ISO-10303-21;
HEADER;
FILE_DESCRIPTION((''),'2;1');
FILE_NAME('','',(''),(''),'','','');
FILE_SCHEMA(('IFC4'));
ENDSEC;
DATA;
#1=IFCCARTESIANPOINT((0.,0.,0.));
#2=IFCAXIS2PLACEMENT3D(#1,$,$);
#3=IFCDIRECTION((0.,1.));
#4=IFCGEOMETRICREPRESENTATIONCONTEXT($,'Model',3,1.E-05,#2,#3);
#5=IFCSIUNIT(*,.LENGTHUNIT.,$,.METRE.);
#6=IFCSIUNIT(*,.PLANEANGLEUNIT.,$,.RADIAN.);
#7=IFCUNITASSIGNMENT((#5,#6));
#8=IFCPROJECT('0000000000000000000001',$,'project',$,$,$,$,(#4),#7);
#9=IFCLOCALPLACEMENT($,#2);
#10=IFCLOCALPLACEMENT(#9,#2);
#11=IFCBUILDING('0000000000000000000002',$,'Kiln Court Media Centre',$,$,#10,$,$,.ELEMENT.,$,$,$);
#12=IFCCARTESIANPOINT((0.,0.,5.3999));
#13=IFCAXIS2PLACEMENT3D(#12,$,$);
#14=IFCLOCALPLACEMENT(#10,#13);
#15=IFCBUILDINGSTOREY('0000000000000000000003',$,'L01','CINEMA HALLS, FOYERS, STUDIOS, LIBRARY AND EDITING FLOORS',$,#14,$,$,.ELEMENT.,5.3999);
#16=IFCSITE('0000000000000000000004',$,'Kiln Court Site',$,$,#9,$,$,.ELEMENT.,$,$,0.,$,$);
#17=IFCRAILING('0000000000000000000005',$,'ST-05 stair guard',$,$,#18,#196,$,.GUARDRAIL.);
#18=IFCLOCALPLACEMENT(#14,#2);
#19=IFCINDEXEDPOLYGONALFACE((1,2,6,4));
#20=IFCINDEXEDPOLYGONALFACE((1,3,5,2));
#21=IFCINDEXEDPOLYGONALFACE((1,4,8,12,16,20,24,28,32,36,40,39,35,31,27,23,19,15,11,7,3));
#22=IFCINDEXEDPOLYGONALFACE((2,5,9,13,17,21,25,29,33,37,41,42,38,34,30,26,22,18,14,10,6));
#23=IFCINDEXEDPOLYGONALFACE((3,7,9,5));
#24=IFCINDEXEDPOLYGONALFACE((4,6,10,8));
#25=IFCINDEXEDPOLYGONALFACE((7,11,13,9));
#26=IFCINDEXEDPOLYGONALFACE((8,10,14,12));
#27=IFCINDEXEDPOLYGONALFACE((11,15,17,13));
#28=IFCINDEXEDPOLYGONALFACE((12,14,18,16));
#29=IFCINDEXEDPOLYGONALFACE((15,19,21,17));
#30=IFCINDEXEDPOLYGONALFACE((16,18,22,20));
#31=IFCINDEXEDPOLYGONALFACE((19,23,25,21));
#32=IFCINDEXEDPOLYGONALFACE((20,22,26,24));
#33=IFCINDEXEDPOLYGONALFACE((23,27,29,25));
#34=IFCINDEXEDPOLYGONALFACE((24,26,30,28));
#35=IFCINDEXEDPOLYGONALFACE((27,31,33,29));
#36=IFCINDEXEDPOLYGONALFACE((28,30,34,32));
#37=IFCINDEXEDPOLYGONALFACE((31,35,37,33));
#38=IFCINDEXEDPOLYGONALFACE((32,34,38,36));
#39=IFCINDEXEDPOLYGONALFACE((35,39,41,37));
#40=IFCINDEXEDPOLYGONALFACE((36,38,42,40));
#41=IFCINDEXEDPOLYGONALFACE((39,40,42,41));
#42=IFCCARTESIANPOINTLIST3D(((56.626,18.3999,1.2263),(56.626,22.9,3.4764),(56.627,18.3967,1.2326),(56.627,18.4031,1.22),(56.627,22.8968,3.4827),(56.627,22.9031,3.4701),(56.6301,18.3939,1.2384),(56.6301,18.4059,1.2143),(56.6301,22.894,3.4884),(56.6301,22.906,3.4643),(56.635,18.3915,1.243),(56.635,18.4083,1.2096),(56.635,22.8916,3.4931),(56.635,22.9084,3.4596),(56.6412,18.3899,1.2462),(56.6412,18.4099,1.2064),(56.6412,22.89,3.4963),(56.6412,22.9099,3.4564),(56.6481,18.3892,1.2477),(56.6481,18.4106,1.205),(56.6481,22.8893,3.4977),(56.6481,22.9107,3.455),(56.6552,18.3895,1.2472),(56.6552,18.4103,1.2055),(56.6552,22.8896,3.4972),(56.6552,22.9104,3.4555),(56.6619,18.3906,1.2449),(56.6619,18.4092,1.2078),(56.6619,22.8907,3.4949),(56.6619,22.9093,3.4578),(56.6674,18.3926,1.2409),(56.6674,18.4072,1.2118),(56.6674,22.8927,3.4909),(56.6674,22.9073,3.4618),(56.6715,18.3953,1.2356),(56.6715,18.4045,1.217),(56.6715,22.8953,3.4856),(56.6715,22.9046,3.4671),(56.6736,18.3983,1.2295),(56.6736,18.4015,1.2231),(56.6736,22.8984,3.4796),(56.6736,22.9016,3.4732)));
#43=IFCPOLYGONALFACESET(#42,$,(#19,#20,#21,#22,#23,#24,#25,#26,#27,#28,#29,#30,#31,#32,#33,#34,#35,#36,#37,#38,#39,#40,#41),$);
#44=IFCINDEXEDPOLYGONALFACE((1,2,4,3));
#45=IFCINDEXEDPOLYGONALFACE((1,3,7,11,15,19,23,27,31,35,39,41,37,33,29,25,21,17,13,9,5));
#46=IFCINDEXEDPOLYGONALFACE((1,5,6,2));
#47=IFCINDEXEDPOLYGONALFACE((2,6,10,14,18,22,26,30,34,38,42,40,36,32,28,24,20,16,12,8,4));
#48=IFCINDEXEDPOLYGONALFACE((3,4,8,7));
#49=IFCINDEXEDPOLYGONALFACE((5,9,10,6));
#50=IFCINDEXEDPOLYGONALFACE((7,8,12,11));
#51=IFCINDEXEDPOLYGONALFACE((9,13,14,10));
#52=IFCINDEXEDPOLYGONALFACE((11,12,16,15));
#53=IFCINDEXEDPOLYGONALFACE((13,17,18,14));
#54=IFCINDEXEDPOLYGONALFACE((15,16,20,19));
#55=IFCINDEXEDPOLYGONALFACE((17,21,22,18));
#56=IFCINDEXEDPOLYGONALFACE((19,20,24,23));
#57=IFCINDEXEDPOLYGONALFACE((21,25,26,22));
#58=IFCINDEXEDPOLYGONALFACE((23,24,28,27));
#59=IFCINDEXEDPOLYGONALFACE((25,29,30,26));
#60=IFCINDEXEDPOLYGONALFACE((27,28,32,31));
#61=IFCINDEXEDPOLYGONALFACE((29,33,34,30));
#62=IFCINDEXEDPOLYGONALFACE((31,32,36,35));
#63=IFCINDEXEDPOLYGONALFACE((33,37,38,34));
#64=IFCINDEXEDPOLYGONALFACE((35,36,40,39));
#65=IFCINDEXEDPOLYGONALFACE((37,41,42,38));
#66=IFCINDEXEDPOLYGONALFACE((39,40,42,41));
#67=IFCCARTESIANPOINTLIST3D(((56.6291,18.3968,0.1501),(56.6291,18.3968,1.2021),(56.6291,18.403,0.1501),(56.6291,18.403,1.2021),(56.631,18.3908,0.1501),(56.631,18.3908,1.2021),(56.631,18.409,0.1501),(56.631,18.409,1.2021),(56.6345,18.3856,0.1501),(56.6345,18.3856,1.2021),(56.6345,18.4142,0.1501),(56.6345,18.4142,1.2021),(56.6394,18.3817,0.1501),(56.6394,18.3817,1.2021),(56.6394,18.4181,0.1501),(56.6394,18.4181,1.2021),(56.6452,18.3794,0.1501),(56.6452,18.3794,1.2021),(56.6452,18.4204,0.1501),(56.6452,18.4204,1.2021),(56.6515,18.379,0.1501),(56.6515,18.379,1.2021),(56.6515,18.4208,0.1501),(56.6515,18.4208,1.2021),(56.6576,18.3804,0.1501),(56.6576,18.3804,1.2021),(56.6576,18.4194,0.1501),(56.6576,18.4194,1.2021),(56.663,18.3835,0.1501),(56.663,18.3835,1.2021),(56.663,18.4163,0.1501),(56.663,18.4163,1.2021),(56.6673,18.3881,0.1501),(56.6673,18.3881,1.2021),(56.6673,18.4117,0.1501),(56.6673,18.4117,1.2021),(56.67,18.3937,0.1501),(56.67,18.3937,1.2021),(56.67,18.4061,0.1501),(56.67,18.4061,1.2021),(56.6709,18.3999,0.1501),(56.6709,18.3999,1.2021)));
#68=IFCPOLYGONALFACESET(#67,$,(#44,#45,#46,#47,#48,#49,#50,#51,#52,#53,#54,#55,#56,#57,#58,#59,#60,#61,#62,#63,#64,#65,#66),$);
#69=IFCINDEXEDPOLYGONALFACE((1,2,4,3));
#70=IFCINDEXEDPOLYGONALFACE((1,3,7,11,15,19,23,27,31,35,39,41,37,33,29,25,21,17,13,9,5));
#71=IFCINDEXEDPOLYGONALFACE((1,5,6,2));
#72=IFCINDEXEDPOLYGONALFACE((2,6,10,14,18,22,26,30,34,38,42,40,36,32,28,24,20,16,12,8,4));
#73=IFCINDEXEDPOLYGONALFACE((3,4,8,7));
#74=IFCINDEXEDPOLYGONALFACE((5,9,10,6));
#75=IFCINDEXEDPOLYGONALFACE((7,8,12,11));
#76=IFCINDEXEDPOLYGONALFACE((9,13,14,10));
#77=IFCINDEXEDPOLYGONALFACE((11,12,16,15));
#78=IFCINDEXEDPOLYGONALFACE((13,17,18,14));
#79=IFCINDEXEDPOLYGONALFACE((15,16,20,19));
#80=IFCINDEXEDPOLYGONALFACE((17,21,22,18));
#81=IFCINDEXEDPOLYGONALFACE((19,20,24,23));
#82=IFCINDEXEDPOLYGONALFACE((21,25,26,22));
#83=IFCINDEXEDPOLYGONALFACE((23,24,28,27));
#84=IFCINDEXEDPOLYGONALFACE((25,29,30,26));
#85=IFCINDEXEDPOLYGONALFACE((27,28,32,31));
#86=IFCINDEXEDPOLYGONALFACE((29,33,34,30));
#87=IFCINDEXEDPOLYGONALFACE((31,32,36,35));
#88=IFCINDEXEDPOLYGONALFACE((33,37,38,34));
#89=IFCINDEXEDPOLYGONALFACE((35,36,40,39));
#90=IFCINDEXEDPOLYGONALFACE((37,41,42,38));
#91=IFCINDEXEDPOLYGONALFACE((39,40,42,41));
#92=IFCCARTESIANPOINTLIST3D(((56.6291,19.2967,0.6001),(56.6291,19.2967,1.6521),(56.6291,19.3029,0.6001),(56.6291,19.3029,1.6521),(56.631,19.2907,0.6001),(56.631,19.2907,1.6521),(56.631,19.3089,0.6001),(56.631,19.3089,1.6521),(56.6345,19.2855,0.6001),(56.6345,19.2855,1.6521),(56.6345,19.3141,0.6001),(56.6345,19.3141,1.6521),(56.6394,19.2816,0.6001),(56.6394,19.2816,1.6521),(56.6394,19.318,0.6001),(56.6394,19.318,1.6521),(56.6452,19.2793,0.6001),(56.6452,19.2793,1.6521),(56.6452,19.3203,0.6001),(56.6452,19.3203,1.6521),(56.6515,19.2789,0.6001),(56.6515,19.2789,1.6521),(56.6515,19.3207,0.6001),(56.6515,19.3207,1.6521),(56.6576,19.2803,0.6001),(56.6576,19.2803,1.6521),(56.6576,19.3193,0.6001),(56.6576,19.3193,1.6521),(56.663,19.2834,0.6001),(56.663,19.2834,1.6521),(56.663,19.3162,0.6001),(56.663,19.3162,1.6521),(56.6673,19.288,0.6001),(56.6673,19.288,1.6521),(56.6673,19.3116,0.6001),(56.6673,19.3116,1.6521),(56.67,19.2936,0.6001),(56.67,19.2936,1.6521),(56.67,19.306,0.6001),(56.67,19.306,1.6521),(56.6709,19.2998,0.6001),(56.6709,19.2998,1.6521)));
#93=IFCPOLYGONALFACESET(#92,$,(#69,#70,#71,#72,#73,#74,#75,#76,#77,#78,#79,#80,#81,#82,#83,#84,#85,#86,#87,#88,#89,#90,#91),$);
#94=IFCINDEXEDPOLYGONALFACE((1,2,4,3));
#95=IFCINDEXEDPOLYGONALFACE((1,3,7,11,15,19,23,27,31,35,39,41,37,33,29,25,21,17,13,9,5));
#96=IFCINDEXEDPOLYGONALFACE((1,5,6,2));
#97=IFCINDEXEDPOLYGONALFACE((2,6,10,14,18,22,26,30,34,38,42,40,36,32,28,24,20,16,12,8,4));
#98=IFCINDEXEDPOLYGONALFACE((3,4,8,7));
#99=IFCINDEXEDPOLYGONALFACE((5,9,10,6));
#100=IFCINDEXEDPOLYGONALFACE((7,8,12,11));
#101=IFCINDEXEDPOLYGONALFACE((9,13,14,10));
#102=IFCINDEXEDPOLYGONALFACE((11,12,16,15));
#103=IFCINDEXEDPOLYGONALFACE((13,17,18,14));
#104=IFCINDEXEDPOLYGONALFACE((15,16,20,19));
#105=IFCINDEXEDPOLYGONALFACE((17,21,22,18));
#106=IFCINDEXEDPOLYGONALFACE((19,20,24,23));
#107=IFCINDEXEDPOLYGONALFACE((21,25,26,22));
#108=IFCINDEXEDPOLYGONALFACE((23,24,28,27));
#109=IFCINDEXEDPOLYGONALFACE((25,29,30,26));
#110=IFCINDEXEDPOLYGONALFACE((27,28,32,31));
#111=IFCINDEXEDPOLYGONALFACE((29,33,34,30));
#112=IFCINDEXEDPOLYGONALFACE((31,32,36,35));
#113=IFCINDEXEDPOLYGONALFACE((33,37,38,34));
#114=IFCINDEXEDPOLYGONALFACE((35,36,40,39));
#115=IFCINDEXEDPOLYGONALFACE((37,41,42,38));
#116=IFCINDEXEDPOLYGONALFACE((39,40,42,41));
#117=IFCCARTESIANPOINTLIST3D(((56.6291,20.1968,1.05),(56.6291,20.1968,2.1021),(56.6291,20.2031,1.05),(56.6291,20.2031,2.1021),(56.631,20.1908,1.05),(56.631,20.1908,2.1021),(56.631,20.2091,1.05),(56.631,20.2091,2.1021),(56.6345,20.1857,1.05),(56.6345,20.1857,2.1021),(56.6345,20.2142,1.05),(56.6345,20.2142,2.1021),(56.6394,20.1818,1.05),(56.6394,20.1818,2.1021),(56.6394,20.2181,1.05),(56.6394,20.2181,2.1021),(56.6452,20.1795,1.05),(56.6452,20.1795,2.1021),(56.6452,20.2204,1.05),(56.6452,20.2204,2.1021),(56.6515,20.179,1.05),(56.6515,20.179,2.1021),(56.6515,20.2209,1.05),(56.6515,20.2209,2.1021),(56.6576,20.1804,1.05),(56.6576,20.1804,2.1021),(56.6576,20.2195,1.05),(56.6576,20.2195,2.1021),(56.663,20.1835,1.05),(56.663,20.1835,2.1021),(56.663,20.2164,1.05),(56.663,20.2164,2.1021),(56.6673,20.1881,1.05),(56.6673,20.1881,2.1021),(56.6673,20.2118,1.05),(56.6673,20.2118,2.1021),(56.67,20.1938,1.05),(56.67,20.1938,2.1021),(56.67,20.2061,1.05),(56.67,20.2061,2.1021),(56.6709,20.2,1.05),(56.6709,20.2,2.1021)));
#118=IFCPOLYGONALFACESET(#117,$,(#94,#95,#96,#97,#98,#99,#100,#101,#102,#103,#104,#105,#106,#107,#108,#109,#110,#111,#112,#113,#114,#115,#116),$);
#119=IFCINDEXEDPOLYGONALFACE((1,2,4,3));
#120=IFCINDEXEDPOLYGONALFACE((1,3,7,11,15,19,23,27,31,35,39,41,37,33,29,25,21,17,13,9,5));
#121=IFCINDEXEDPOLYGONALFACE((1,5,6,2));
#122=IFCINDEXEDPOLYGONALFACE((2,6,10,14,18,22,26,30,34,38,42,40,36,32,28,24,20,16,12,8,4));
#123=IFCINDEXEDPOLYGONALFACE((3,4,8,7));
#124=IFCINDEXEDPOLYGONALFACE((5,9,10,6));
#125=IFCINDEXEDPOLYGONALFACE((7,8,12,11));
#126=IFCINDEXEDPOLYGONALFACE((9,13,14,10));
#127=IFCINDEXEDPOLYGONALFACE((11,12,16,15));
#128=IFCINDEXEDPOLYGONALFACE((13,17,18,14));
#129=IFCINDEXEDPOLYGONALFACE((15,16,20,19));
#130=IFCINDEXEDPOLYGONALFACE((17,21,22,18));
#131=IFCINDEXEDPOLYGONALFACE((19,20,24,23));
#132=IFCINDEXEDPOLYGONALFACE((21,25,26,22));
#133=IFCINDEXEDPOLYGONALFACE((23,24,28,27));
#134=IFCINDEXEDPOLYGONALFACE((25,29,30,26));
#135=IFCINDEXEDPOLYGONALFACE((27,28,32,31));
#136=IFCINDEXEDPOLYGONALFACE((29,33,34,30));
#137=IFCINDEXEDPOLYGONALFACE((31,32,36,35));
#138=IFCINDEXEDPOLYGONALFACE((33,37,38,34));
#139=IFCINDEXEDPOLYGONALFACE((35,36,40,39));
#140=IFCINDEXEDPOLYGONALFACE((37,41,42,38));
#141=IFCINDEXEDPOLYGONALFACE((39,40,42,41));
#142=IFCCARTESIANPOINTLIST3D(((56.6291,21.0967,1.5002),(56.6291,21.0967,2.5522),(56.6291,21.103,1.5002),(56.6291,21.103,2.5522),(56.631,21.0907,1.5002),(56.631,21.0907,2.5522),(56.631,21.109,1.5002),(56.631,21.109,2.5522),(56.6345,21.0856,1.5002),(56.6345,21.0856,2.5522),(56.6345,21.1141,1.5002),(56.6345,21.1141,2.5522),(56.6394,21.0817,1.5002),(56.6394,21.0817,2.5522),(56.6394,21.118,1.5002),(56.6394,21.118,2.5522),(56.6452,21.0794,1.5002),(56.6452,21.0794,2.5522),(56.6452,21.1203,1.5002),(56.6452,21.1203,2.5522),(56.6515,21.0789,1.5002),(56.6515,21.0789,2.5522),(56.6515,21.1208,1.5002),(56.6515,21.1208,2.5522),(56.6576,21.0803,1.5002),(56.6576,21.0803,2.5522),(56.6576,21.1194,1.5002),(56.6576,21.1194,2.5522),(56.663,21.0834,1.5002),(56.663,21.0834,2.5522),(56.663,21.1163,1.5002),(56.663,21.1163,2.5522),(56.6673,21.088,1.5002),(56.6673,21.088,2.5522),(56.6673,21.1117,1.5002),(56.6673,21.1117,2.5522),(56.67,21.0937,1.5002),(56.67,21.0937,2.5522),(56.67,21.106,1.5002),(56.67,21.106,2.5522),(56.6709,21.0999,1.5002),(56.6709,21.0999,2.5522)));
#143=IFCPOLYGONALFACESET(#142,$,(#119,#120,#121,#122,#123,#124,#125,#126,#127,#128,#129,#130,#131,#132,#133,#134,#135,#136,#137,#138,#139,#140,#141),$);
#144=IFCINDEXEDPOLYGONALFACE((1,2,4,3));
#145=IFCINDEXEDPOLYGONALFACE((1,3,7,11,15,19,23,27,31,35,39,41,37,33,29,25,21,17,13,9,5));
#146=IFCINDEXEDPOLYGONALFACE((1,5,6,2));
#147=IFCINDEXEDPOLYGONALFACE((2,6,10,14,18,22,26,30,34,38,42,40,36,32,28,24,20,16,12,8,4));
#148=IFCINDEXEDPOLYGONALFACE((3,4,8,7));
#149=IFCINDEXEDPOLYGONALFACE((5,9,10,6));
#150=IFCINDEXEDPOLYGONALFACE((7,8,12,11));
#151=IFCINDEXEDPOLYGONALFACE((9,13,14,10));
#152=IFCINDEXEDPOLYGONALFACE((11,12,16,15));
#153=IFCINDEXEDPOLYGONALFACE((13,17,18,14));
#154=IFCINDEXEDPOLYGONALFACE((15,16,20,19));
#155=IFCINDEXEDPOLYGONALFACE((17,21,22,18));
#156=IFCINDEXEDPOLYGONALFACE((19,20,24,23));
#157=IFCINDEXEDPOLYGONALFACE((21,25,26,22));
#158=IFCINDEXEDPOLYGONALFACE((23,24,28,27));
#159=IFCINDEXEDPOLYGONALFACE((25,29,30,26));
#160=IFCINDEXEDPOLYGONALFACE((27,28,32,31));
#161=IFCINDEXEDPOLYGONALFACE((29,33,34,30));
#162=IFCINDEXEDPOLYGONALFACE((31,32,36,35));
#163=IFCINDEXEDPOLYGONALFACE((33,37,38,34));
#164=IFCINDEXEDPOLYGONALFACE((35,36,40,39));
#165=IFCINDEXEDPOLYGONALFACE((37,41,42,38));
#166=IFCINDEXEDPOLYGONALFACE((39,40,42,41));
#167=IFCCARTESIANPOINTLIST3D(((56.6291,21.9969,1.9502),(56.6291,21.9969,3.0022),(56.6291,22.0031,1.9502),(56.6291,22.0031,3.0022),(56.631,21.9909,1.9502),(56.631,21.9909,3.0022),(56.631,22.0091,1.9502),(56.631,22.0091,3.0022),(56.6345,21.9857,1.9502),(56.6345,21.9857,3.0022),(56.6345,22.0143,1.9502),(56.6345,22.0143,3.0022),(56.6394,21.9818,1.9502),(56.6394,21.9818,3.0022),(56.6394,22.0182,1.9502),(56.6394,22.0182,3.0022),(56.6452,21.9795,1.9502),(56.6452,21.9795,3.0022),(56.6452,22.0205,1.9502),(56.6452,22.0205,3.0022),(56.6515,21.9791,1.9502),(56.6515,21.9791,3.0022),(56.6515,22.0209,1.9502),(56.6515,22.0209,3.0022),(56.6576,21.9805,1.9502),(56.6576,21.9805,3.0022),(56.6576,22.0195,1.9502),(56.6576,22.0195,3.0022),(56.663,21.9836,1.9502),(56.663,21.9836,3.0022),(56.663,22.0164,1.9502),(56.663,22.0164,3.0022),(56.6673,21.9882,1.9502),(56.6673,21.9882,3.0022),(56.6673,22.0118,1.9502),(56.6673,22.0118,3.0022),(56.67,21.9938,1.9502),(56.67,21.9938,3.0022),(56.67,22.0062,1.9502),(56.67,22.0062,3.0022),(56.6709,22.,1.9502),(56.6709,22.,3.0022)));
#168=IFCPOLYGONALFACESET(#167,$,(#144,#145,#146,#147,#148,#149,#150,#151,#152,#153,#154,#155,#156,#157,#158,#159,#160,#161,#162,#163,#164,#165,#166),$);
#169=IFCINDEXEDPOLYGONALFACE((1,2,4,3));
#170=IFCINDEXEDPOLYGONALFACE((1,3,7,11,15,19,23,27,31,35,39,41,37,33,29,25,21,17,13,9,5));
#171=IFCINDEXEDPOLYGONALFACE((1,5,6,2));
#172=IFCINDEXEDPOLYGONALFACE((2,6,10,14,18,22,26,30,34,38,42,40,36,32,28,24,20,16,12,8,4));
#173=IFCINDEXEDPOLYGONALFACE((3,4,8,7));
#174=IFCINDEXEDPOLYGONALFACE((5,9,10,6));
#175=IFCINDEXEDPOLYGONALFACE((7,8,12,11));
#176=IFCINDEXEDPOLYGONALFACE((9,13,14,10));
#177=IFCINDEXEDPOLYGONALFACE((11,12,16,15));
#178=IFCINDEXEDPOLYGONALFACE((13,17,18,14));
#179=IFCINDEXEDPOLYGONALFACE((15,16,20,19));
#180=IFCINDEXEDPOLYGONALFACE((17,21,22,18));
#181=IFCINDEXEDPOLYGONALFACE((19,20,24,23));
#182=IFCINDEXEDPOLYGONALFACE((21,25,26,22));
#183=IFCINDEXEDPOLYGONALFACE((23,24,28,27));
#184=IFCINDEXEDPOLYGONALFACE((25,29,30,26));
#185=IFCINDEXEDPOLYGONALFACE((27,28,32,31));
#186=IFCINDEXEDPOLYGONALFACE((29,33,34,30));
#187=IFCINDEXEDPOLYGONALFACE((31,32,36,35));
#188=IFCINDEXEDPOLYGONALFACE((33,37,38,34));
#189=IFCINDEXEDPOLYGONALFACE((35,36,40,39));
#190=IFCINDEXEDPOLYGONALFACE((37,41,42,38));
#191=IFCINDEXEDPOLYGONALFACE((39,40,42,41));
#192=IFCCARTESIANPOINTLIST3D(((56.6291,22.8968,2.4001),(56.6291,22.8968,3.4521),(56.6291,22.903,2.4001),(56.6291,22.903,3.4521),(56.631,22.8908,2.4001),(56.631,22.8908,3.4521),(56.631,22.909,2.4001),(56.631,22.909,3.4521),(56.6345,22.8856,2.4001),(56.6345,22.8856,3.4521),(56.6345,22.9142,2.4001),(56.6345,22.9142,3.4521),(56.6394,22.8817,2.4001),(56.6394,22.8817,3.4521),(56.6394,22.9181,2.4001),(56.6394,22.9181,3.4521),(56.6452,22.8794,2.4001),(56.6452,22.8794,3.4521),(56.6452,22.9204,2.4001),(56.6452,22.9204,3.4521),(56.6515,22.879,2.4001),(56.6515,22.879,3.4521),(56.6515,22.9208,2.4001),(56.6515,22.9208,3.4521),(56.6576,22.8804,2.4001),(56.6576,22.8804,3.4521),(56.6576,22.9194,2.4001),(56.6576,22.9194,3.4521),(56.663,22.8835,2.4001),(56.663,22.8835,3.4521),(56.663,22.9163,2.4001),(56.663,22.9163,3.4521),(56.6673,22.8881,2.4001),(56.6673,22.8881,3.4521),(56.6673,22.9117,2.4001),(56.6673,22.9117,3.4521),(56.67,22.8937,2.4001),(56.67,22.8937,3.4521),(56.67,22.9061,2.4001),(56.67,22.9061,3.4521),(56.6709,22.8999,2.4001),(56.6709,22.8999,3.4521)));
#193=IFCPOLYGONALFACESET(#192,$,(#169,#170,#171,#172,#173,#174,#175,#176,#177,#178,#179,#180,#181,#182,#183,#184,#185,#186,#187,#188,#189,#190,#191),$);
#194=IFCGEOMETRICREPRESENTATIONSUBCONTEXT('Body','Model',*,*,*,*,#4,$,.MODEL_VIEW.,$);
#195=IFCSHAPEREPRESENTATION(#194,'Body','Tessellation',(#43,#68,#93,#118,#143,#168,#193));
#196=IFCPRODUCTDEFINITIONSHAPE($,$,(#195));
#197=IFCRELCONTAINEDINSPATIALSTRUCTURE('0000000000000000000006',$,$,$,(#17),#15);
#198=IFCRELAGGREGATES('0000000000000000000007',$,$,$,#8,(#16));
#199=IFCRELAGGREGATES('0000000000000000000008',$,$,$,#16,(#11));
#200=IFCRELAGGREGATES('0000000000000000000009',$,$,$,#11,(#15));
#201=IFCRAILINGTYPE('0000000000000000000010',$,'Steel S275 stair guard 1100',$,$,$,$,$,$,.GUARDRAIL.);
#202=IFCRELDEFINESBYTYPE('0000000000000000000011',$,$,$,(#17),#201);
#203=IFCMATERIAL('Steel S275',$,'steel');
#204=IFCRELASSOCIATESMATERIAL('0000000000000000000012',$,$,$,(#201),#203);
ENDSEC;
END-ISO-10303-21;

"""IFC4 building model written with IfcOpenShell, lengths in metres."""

from ifc_helpers import new_model, si_unit, direction, frame, origin, origin_2d, place, context, subcontext, project, spatial, circle, extrude, material, type_object, element, save


model = new_model("IFC4")

# Units and contexts
model_context = context("Model", 3, precision=1e-05, world=origin(), true_north=direction((0.0, 1.0)))
body_context = subcontext(model_context, "Body", "Model", "MODEL_VIEW")
ifc_project = project(units=[si_unit("LENGTHUNIT", "METRE"), si_unit("PLANEANGLEUNIT", "RADIAN")], contexts=[model_context])

# Site, building, storey
site_placement = place(None, origin())
site = spatial("IfcSite", under=ifc_project, at=site_placement, Name="Kiln Court Site", CompositionType="ELEMENT", RefElevation=0.0)
building_placement = place(site_placement, origin())
building = spatial("IfcBuilding", under=site, at=building_placement, Name="Kiln Court Media Centre", CompositionType="ELEMENT")
storey_placement = place(building_placement, frame((0.0, 0.0, 5.3999)))
storey = spatial("IfcBuildingStorey", under=building, at=storey_placement, Name="L01", Description="CINEMA HALLS, FOYERS, STUDIOS, LIBRARY AND EDITING FLOORS", CompositionType="ELEMENT", Elevation=5.3999)

# Railing
ifc_material_1 = material(Name="Steel S275", Category="steel")
railing_type = type_object("IfcRailingType", Name="Steel S275 stair guard 1100", PredefinedType="GUARDRAIL", material=ifc_material_1)
railing_1_placement = place(storey_placement, frame((56.6499, 18.3999, 0.1501)))
element("IfcRailing", 1, at=railing_1_placement, inside=storey, type_object=railing_type, Name="ST-05 stair guard", PredefinedType="GUARDRAIL", context=body_context, shape_type="SweptSolid", body=[
    extrude(circle(Radius=0.0239, at=origin_2d()), frame((0.0, 0.0, 1.0762), z_axis=(0.0, 0.894427, 0.447214), x_axis=(-1.0, 0.0, 0.0)), (0.0, 0.0, 1.0), 5.0312),
    extrude(circle(Radius=0.021, at=origin_2d()), origin(), (0.0, 0.0, 1.0), 1.052),
    extrude(circle(Radius=0.021, at=origin_2d()), frame((0.0, 0.8999, 0.45)), (0.0, 0.0, 1.0), 1.052),
    extrude(circle(Radius=0.021, at=origin_2d()), frame((0.0, 1.8, 0.8999)), (0.0, 0.0, 1.0), 1.052),
    extrude(circle(Radius=0.021, at=origin_2d()), frame((0.0, 2.7, 1.3501)), (0.0, 0.0, 1.0), 1.052),
    extrude(circle(Radius=0.021, at=origin_2d()), frame((0.0, 3.6001, 1.8)), (0.0, 0.0, 1.0), 1.052),
    extrude(circle(Radius=0.021, at=origin_2d()), frame((0.0, 4.5, 2.25)), (0.0, 0.0, 1.0), 1.052),
])

save(model, "model.ifc")
